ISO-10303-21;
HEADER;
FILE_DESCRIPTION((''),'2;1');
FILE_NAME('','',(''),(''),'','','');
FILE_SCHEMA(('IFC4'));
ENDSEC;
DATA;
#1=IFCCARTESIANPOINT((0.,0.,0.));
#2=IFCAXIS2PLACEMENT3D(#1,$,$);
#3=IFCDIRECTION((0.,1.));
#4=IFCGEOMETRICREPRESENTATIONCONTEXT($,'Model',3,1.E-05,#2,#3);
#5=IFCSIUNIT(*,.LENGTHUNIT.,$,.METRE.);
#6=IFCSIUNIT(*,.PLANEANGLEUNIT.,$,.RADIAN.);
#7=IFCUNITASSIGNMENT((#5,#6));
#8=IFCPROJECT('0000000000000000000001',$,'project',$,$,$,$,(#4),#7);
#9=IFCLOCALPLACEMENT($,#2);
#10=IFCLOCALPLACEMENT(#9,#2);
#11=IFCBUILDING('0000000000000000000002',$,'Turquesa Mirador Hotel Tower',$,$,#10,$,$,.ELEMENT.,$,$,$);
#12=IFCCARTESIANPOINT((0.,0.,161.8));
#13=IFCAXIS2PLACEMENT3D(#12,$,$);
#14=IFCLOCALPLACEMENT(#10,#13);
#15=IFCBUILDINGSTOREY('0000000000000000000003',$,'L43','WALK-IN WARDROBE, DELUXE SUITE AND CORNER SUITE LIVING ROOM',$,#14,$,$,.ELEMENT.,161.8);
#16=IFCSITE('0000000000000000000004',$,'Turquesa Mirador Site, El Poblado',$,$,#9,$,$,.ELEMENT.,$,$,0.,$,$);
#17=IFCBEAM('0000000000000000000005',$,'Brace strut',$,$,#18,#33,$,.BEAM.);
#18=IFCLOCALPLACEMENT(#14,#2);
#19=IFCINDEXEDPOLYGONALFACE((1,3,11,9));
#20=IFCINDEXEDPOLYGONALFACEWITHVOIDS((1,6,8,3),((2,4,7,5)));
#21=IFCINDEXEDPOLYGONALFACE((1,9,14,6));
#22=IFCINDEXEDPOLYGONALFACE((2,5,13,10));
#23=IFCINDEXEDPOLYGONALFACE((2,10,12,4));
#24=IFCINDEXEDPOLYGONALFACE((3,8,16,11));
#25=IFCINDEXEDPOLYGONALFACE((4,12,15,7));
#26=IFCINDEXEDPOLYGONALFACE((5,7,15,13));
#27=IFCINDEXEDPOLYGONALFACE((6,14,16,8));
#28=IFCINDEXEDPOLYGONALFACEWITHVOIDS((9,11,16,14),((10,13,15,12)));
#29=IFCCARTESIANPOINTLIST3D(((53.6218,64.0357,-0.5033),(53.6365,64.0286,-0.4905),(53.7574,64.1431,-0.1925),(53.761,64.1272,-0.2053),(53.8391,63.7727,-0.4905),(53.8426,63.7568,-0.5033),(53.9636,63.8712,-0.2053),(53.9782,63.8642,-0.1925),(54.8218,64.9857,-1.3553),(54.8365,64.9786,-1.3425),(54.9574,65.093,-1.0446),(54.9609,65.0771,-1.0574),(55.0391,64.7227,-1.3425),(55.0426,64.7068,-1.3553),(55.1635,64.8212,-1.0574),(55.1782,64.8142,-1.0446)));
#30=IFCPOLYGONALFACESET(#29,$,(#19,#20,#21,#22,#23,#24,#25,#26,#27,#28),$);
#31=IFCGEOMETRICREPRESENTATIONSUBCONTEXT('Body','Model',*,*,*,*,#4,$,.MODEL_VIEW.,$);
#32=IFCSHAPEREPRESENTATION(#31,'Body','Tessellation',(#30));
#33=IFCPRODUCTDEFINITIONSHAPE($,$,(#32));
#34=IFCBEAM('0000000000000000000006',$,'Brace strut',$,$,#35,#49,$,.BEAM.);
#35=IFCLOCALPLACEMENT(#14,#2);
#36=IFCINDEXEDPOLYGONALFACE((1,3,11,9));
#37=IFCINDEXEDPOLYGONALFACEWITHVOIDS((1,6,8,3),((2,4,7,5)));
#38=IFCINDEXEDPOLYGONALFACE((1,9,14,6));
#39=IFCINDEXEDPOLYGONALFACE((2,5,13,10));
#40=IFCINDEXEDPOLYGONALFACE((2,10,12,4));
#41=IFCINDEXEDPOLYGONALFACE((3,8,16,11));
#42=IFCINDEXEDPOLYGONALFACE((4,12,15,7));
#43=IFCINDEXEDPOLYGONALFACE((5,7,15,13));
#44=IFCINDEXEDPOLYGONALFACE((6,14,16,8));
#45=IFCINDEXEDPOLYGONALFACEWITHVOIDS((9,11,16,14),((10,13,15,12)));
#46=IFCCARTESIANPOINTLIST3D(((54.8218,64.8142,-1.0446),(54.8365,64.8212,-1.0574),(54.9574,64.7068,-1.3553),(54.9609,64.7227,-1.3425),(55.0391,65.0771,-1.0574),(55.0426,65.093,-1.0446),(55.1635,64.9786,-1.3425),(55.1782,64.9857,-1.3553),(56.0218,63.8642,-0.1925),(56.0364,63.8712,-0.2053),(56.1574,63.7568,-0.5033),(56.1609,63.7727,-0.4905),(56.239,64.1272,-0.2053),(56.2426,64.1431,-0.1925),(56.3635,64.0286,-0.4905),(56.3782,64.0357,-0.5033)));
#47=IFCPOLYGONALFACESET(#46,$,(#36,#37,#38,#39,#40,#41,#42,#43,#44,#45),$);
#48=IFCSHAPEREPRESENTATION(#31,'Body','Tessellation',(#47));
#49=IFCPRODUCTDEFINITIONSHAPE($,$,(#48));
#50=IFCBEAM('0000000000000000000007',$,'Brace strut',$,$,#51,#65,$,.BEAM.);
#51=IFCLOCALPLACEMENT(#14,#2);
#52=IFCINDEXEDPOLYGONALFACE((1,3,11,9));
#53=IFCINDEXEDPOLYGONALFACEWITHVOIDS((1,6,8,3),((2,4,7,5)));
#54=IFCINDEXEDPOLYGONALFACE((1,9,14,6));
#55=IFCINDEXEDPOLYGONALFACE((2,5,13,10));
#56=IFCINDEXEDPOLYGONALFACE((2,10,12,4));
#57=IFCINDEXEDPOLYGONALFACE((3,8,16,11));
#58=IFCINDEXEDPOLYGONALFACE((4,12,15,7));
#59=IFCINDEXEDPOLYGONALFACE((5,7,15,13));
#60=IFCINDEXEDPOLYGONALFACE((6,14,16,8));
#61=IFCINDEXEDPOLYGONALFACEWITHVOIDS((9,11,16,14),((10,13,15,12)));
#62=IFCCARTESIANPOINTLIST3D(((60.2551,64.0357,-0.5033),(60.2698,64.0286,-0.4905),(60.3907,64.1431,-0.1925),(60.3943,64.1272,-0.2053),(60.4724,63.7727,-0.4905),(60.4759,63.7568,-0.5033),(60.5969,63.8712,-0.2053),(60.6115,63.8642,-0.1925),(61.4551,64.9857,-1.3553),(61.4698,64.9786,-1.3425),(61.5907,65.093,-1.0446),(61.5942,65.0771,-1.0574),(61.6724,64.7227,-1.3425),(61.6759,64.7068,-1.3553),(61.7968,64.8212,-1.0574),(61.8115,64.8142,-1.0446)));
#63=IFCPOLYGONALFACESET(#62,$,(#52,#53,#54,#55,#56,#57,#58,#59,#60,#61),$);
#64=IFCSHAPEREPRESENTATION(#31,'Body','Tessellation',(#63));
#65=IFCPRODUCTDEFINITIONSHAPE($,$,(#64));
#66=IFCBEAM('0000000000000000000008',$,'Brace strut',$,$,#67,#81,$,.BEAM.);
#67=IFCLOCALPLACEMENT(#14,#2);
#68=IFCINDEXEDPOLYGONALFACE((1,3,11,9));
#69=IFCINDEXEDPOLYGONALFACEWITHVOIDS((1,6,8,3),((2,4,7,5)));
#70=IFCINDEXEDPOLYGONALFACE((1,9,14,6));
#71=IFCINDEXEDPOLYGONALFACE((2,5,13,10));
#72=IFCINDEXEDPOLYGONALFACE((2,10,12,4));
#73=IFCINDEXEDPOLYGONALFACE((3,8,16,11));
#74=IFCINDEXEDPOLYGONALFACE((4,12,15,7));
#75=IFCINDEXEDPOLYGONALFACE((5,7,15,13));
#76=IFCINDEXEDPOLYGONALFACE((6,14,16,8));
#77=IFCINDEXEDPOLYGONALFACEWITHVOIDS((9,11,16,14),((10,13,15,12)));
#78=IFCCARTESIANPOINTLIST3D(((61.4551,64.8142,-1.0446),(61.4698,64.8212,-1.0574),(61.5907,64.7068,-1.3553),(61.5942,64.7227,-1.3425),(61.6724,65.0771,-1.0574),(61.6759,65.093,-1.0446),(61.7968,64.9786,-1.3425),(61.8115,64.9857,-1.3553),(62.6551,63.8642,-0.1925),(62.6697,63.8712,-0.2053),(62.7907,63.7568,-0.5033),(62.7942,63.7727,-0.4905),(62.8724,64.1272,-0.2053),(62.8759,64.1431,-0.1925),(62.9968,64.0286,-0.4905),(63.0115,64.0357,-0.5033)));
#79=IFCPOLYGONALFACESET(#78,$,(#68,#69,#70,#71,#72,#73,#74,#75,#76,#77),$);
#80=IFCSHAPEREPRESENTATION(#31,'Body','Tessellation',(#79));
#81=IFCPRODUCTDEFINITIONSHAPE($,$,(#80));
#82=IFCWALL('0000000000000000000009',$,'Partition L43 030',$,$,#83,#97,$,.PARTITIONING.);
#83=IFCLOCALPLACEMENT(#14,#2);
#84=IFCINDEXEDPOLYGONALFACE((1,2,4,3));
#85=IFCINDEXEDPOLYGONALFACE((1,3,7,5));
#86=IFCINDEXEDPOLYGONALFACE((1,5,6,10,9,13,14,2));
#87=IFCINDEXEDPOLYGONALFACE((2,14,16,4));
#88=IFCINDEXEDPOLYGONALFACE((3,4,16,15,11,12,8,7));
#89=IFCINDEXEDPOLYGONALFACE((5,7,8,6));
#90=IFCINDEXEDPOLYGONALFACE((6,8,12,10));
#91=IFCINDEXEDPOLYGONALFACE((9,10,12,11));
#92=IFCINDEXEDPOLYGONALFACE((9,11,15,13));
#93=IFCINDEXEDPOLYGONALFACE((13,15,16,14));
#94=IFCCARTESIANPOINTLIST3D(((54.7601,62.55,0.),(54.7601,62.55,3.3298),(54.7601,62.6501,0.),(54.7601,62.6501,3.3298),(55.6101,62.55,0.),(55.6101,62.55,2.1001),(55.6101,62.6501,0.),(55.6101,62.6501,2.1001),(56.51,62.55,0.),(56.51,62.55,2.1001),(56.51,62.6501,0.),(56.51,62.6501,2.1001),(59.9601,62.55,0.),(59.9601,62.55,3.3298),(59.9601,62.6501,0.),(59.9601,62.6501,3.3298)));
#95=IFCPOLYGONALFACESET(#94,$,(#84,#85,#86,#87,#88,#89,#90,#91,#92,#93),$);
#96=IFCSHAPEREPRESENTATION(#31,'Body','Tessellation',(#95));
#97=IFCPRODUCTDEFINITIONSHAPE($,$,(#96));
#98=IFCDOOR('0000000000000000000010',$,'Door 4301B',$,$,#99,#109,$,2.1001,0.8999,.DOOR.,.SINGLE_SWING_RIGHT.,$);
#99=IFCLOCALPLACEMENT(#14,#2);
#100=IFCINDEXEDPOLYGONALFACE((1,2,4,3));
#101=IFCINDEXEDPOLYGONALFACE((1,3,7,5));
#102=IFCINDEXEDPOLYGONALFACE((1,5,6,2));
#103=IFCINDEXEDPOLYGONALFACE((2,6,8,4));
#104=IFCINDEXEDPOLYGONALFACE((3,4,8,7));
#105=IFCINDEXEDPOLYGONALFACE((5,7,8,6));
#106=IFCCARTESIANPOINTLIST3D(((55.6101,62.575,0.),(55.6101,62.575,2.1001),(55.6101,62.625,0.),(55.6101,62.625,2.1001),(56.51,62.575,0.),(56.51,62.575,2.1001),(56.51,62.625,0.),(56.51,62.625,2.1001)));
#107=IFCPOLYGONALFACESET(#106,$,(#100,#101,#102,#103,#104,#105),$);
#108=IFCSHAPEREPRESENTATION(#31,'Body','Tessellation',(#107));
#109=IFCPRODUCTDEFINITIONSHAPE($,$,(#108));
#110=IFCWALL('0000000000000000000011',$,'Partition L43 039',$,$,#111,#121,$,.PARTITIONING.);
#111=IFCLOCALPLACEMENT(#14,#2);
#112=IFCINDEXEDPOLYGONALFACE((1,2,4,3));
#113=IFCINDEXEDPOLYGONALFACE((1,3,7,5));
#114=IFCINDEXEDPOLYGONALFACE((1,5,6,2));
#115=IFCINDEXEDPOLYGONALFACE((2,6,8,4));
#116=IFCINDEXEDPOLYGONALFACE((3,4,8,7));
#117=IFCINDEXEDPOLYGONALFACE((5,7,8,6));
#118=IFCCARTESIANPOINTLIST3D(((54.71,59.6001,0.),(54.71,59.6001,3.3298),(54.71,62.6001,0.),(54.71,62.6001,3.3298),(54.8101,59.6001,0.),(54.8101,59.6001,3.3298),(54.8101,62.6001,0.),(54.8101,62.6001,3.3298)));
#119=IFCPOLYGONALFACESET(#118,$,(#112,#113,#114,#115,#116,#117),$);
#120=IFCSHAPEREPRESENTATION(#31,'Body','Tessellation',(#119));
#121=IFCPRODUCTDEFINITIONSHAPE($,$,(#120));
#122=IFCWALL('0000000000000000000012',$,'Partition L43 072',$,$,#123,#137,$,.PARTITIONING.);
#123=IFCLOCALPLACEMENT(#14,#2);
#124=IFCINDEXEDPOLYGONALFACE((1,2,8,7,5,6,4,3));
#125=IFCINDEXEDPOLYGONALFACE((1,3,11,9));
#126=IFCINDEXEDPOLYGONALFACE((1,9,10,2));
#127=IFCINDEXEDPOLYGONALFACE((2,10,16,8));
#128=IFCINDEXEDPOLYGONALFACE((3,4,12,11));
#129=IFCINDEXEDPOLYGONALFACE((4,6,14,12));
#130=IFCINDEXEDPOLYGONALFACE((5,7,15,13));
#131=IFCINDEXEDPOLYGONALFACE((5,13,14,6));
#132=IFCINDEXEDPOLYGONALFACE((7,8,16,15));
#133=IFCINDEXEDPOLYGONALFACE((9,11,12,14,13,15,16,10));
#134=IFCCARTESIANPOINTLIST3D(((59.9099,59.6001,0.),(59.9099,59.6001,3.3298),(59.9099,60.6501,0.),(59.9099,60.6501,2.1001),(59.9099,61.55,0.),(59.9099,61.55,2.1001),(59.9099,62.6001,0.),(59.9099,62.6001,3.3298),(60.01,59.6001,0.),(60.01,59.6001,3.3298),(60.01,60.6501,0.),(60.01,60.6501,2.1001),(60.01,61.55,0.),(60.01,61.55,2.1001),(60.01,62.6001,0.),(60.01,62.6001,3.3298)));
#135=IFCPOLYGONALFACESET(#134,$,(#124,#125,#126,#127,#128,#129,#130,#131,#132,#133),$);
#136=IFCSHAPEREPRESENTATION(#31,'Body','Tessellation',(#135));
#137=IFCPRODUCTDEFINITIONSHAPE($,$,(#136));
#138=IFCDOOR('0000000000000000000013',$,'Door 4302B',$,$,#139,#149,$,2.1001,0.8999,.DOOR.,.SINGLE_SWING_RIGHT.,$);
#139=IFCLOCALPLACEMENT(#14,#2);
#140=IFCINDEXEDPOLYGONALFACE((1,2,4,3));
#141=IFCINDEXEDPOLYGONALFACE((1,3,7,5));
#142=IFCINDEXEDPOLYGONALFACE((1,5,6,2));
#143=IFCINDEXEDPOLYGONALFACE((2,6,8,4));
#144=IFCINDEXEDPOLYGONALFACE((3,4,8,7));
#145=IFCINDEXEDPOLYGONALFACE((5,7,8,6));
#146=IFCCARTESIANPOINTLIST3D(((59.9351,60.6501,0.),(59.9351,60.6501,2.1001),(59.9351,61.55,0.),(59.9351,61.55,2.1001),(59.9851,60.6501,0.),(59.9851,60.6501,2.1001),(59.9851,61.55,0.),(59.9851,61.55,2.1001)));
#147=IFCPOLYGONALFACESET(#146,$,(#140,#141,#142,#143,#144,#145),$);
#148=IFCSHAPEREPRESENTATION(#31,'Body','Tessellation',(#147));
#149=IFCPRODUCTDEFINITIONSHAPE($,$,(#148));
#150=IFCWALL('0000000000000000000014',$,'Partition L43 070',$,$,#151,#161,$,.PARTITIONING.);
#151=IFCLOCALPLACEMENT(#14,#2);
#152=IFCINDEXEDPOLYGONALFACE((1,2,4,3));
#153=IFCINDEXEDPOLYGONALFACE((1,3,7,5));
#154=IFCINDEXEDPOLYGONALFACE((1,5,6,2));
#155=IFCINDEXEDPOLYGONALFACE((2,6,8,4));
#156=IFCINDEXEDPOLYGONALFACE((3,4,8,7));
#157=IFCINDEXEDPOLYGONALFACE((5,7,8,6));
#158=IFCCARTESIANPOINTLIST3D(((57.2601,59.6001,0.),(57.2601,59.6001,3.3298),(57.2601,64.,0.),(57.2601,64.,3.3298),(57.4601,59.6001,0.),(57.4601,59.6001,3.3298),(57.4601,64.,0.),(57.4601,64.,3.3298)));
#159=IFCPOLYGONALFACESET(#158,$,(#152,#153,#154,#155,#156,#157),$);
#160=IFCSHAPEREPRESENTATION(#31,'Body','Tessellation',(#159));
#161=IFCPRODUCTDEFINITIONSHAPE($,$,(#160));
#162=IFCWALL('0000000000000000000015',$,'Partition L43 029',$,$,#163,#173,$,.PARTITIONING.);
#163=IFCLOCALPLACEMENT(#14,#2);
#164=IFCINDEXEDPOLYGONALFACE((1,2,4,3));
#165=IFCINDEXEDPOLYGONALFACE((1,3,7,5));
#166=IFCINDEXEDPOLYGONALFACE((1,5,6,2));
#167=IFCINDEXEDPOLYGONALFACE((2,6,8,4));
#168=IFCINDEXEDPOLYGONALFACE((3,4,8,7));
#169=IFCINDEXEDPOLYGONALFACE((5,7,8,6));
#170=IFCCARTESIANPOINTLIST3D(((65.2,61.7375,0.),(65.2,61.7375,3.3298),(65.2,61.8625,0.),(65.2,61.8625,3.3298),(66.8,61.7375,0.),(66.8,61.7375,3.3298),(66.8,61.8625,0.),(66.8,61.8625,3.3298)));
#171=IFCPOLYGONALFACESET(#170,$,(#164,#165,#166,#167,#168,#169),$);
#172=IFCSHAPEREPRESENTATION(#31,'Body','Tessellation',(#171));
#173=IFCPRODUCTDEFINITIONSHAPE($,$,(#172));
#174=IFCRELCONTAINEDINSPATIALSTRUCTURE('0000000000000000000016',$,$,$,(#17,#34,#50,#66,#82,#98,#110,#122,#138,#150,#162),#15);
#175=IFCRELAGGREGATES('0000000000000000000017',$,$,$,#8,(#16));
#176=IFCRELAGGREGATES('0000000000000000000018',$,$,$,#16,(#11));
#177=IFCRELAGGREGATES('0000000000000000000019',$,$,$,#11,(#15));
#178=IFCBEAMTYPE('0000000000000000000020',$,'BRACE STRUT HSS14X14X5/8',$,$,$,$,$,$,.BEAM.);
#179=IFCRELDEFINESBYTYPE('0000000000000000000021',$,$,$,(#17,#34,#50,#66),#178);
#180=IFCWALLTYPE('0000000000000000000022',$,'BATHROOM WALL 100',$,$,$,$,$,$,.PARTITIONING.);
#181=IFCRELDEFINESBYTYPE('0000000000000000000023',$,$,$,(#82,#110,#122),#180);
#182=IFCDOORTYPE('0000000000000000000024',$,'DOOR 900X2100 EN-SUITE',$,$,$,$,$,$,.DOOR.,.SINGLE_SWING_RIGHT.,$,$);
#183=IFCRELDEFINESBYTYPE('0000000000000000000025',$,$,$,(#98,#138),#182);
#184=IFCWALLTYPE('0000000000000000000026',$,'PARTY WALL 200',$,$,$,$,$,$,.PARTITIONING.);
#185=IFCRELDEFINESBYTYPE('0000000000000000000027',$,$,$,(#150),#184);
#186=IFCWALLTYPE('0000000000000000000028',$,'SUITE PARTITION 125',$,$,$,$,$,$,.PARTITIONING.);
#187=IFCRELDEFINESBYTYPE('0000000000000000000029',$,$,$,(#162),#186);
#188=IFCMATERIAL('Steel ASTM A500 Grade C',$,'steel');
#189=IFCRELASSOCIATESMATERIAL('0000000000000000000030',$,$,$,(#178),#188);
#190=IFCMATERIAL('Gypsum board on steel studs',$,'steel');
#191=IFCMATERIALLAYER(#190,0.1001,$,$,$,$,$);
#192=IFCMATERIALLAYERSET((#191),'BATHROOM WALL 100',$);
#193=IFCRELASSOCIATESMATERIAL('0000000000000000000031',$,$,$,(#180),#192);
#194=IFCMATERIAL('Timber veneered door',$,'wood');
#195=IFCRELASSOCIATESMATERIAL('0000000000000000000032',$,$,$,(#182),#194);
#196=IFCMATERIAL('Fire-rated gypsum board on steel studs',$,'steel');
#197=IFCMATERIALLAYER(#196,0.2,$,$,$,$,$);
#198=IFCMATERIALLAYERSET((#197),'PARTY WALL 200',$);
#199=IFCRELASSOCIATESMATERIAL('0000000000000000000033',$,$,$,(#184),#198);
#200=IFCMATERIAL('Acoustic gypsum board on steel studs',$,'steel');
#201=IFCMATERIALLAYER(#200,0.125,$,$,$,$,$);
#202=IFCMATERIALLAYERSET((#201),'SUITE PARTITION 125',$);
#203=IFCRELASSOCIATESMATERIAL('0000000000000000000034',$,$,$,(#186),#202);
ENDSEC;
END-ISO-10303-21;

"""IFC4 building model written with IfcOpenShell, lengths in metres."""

from ifc_helpers import new_model, si_unit, direction, frame, frame_2d, origin, origin_2d, place, context, subcontext, project, spatial, rectangle, hollow_rectangle, extrude, material, layer, layer_set, material_profile, profile_set, type_object, element, fill, save


model = new_model("IFC4")

# Units and contexts
model_context = context("Model", 3, precision=1e-05, world=origin(), true_north=direction((0.0, 1.0)))
body_context = subcontext(model_context, "Body", "Model", "MODEL_VIEW")
ifc_project = project(units=[si_unit("LENGTHUNIT", "METRE"), si_unit("PLANEANGLEUNIT", "RADIAN")], contexts=[model_context])

# Site, building, storey
site_placement = place(None, origin())
site = spatial("IfcSite", under=ifc_project, at=site_placement, Name="Turquesa Mirador Site, El Poblado", CompositionType="ELEMENT", RefElevation=0.0)
building_placement = place(site_placement, origin())
building = spatial("IfcBuilding", under=site, at=building_placement, Name="Turquesa Mirador Hotel Tower", CompositionType="ELEMENT")
storey_placement = place(building_placement, frame((0.0, 0.0, 161.8)))
storey = spatial("IfcBuildingStorey", under=building, at=storey_placement, Name="L43", Description="WALK-IN WARDROBE, DELUXE SUITE AND CORNER SUITE LIVING ROOM", CompositionType="ELEMENT", Elevation=161.8)

# Beams
ifc_material_1 = material(Name="Steel ASTM A500 Grade C", Category="steel")
ifc_material_profile_1 = material_profile(ifc_material_1, hollow_rectangle(XDim=0.3557, YDim=0.3557, WallThickness=0.0146, at=origin_2d()), Name="HSS14X14X5/8")
ifc_profile_set_1 = profile_set([ifc_material_profile_1], Name="Steel ASTM A500 Grade C")
beam_type_1 = type_object("IfcBeamType", Name="BRACE STRUT HSS14X14X5/8", PredefinedType="BEAM", material=ifc_profile_set_1)
for number, where, z_axis, x_axis, name in (
    (1, (55.0, 64.8999, -1.2), (-0.68504, -0.542318, 0.486427), (0.620699, -0.784049, 0.0), "Brace strut"),
    (2, (55.0, 64.8999, -1.2), (0.68504, -0.542318, 0.486427), (0.620699, 0.784049, 0.0), "Brace strut"),
    (3, (61.6333, 64.8999, -1.2), (-0.68504, -0.542318, 0.486427), (0.620699, -0.784049, 0.0), "Brace strut"),
    (4, (61.6333, 64.8999, -1.2), (0.68504, -0.542318, 0.486427), (0.620699, 0.784049, 0.0), "Brace strut"),
):
    element("IfcBeam", number, at=place(storey_placement, frame(where, z_axis=z_axis, x_axis=x_axis)), inside=storey, type_object=beam_type_1, Name=name, PredefinedType="BEAM", context=body_context, shape_type="SweptSolid", body=[
        extrude(hollow_rectangle(XDim=0.3557, YDim=0.3557, WallThickness=0.0146, at=origin_2d()), origin(), (0.0, 0.0, 1.0), 1.7517),
    ])

# Wall, opening, door
ifc_material_2 = material(Name="Gypsum board on steel studs", Category="steel")
ifc_layer_1 = layer(ifc_material_2, 0.1001)
ifc_layer_set_1 = layer_set([ifc_layer_1], Name="BATHROOM WALL 100")
wall_type_1 = type_object("IfcWallType", Name="BATHROOM WALL 100", PredefinedType="PARTITIONING", material=ifc_layer_set_1)
wall_1_placement = place(storey_placement, frame((54.76, 62.6001, 0.0), z_axis=(0.0, 0.0, 1.0), x_axis=(1.0, 0.0, 0.0)))
wall_1 = element("IfcWall", 5, at=wall_1_placement, inside=storey, type_object=wall_type_1, Name="Partition L43 030", PredefinedType="PARTITIONING", context=body_context, shape_type="SweptSolid", body=[
    extrude(rectangle(XDim=5.2, YDim=0.1001, at=frame_2d((2.6001, 0.0))), origin(), (0.0, 0.0, 1.0), 3.3298),
])
opening_1_placement = place(wall_1_placement, frame((0.8501, 0.0, 0.0)))
opening_1 = element("IfcOpeningElement", 6, at=opening_1_placement, cuts=wall_1, PredefinedType="OPENING", context=body_context, shape_type="SweptSolid", body=[
    extrude(rectangle(XDim=0.8999, YDim=2.1001, at=frame_2d((0.45, 1.05))), frame((0.0, 0.0601, 0.0), z_axis=(0.0, -1.0, 0.0), x_axis=(1.0, 0.0, 0.0)), (0.0, 0.0, 1.0), 0.1201),
])
ifc_material_3 = material(Name="Timber veneered door", Category="wood")
door_type_1 = type_object("IfcDoorType", Name="DOOR 900X2100 EN-SUITE", OperationType="SINGLE_SWING_RIGHT", PredefinedType="DOOR", material=ifc_material_3)
door_1_placement = place(opening_1_placement, origin())
door_1 = element("IfcDoor", 7, at=door_1_placement, inside=storey, type_object=door_type_1, Name="Door 4301B", OperationType="SINGLE_SWING_RIGHT", OverallHeight=2.1001, OverallWidth=0.8999, PredefinedType="DOOR", context=body_context, shape_type="SweptSolid", body=[
    extrude(rectangle(XDim=0.8999, YDim=2.1001, at=frame_2d((0.45, 1.05))), frame((0.0, 0.0249, 0.0), z_axis=(0.0, -1.0, 0.0), x_axis=(1.0, 0.0, 0.0)), (0.0, 0.0, 1.0), 0.05),
])
fill(opening_1, door_1)

# Wall
wall_2_placement = place(storey_placement, frame((54.76, 59.6001, 0.0), z_axis=(0.0, 0.0, 1.0), x_axis=(0.0, 1.0, 0.0)))
element("IfcWall", 8, at=wall_2_placement, inside=storey, type_object=wall_type_1, Name="Partition L43 039", PredefinedType="PARTITIONING", context=body_context, shape_type="SweptSolid", body=[
    extrude(rectangle(XDim=3.0, YDim=0.1001, at=frame_2d((1.5, 0.0))), origin(), (0.0, 0.0, 1.0), 3.3298),
])

# Wall, opening, door
wall_3_placement = place(storey_placement, frame((59.96, 59.6001, 0.0), z_axis=(0.0, 0.0, 1.0), x_axis=(0.0, 1.0, 0.0)))
wall_3 = element("IfcWall", 9, at=wall_3_placement, inside=storey, type_object=wall_type_1, Name="Partition L43 072", PredefinedType="PARTITIONING", context=body_context, shape_type="SweptSolid", body=[
    extrude(rectangle(XDim=3.0, YDim=0.1001, at=frame_2d((1.5, 0.0))), origin(), (0.0, 0.0, 1.0), 3.3298),
])
opening_2_placement = place(wall_3_placement, frame((1.05, 0.0, 0.0)))
opening_2 = element("IfcOpeningElement", 10, at=opening_2_placement, cuts=wall_3, PredefinedType="OPENING", context=body_context, shape_type="SweptSolid", body=[
    extrude(rectangle(XDim=0.8999, YDim=2.1001, at=frame_2d((0.45, 1.05))), frame((0.0, 0.0601, 0.0), z_axis=(0.0, -1.0, 0.0), x_axis=(1.0, 0.0, 0.0)), (0.0, 0.0, 1.0), 0.1201),
])
door_2_placement = place(opening_2_placement, origin())
door_2 = element("IfcDoor", 11, at=door_2_placement, inside=storey, type_object=door_type_1, Name="Door 4302B", OperationType="SINGLE_SWING_RIGHT", OverallHeight=2.1001, OverallWidth=0.8999, PredefinedType="DOOR", context=body_context, shape_type="SweptSolid", body=[
    extrude(rectangle(XDim=0.8999, YDim=2.1001, at=frame_2d((0.45, 1.05))), frame((0.0, 0.0249, 0.0), z_axis=(0.0, -1.0, 0.0), x_axis=(1.0, 0.0, 0.0)), (0.0, 0.0, 1.0), 0.05),
])
fill(opening_2, door_2)

# Walls
ifc_material_4 = material(Name="Fire-rated gypsum board on steel studs", Category="steel")
ifc_layer_2 = layer(ifc_material_4, 0.2)
ifc_layer_set_2 = layer_set([ifc_layer_2], Name="PARTY WALL 200")
wall_type_2 = type_object("IfcWallType", Name="PARTY WALL 200", PredefinedType="PARTITIONING", material=ifc_layer_set_2)
wall_4_placement = place(storey_placement, frame((57.3601, 59.6001, 0.0), z_axis=(0.0, 0.0, 1.0), x_axis=(0.0, 1.0, 0.0)))
element("IfcWall", 12, at=wall_4_placement, inside=storey, type_object=wall_type_2, Name="Partition L43 070", PredefinedType="PARTITIONING", context=body_context, shape_type="SweptSolid", body=[
    extrude(rectangle(XDim=4.3999, YDim=0.2, at=frame_2d((2.2, 0.0))), origin(), (0.0, 0.0, 1.0), 3.3298),
])
ifc_material_5 = material(Name="Acoustic gypsum board on steel studs", Category="steel")
ifc_layer_3 = layer(ifc_material_5, 0.125)
ifc_layer_set_3 = layer_set([ifc_layer_3], Name="SUITE PARTITION 125")
wall_type_3 = type_object("IfcWallType", Name="SUITE PARTITION 125", PredefinedType="PARTITIONING", material=ifc_layer_set_3)
wall_5_placement = place(storey_placement, frame((65.2, 61.8, 0.0), z_axis=(0.0, 0.0, 1.0), x_axis=(1.0, 0.0, 0.0)))
element("IfcWall", 13, at=wall_5_placement, inside=storey, type_object=wall_type_3, Name="Partition L43 029", PredefinedType="PARTITIONING", context=body_context, shape_type="SweptSolid", body=[
    extrude(rectangle(XDim=1.6001, YDim=0.125, at=frame_2d((0.8, 0.0))), origin(), (0.0, 0.0, 1.0), 3.3298),
])

save(model, "model.ifc")
